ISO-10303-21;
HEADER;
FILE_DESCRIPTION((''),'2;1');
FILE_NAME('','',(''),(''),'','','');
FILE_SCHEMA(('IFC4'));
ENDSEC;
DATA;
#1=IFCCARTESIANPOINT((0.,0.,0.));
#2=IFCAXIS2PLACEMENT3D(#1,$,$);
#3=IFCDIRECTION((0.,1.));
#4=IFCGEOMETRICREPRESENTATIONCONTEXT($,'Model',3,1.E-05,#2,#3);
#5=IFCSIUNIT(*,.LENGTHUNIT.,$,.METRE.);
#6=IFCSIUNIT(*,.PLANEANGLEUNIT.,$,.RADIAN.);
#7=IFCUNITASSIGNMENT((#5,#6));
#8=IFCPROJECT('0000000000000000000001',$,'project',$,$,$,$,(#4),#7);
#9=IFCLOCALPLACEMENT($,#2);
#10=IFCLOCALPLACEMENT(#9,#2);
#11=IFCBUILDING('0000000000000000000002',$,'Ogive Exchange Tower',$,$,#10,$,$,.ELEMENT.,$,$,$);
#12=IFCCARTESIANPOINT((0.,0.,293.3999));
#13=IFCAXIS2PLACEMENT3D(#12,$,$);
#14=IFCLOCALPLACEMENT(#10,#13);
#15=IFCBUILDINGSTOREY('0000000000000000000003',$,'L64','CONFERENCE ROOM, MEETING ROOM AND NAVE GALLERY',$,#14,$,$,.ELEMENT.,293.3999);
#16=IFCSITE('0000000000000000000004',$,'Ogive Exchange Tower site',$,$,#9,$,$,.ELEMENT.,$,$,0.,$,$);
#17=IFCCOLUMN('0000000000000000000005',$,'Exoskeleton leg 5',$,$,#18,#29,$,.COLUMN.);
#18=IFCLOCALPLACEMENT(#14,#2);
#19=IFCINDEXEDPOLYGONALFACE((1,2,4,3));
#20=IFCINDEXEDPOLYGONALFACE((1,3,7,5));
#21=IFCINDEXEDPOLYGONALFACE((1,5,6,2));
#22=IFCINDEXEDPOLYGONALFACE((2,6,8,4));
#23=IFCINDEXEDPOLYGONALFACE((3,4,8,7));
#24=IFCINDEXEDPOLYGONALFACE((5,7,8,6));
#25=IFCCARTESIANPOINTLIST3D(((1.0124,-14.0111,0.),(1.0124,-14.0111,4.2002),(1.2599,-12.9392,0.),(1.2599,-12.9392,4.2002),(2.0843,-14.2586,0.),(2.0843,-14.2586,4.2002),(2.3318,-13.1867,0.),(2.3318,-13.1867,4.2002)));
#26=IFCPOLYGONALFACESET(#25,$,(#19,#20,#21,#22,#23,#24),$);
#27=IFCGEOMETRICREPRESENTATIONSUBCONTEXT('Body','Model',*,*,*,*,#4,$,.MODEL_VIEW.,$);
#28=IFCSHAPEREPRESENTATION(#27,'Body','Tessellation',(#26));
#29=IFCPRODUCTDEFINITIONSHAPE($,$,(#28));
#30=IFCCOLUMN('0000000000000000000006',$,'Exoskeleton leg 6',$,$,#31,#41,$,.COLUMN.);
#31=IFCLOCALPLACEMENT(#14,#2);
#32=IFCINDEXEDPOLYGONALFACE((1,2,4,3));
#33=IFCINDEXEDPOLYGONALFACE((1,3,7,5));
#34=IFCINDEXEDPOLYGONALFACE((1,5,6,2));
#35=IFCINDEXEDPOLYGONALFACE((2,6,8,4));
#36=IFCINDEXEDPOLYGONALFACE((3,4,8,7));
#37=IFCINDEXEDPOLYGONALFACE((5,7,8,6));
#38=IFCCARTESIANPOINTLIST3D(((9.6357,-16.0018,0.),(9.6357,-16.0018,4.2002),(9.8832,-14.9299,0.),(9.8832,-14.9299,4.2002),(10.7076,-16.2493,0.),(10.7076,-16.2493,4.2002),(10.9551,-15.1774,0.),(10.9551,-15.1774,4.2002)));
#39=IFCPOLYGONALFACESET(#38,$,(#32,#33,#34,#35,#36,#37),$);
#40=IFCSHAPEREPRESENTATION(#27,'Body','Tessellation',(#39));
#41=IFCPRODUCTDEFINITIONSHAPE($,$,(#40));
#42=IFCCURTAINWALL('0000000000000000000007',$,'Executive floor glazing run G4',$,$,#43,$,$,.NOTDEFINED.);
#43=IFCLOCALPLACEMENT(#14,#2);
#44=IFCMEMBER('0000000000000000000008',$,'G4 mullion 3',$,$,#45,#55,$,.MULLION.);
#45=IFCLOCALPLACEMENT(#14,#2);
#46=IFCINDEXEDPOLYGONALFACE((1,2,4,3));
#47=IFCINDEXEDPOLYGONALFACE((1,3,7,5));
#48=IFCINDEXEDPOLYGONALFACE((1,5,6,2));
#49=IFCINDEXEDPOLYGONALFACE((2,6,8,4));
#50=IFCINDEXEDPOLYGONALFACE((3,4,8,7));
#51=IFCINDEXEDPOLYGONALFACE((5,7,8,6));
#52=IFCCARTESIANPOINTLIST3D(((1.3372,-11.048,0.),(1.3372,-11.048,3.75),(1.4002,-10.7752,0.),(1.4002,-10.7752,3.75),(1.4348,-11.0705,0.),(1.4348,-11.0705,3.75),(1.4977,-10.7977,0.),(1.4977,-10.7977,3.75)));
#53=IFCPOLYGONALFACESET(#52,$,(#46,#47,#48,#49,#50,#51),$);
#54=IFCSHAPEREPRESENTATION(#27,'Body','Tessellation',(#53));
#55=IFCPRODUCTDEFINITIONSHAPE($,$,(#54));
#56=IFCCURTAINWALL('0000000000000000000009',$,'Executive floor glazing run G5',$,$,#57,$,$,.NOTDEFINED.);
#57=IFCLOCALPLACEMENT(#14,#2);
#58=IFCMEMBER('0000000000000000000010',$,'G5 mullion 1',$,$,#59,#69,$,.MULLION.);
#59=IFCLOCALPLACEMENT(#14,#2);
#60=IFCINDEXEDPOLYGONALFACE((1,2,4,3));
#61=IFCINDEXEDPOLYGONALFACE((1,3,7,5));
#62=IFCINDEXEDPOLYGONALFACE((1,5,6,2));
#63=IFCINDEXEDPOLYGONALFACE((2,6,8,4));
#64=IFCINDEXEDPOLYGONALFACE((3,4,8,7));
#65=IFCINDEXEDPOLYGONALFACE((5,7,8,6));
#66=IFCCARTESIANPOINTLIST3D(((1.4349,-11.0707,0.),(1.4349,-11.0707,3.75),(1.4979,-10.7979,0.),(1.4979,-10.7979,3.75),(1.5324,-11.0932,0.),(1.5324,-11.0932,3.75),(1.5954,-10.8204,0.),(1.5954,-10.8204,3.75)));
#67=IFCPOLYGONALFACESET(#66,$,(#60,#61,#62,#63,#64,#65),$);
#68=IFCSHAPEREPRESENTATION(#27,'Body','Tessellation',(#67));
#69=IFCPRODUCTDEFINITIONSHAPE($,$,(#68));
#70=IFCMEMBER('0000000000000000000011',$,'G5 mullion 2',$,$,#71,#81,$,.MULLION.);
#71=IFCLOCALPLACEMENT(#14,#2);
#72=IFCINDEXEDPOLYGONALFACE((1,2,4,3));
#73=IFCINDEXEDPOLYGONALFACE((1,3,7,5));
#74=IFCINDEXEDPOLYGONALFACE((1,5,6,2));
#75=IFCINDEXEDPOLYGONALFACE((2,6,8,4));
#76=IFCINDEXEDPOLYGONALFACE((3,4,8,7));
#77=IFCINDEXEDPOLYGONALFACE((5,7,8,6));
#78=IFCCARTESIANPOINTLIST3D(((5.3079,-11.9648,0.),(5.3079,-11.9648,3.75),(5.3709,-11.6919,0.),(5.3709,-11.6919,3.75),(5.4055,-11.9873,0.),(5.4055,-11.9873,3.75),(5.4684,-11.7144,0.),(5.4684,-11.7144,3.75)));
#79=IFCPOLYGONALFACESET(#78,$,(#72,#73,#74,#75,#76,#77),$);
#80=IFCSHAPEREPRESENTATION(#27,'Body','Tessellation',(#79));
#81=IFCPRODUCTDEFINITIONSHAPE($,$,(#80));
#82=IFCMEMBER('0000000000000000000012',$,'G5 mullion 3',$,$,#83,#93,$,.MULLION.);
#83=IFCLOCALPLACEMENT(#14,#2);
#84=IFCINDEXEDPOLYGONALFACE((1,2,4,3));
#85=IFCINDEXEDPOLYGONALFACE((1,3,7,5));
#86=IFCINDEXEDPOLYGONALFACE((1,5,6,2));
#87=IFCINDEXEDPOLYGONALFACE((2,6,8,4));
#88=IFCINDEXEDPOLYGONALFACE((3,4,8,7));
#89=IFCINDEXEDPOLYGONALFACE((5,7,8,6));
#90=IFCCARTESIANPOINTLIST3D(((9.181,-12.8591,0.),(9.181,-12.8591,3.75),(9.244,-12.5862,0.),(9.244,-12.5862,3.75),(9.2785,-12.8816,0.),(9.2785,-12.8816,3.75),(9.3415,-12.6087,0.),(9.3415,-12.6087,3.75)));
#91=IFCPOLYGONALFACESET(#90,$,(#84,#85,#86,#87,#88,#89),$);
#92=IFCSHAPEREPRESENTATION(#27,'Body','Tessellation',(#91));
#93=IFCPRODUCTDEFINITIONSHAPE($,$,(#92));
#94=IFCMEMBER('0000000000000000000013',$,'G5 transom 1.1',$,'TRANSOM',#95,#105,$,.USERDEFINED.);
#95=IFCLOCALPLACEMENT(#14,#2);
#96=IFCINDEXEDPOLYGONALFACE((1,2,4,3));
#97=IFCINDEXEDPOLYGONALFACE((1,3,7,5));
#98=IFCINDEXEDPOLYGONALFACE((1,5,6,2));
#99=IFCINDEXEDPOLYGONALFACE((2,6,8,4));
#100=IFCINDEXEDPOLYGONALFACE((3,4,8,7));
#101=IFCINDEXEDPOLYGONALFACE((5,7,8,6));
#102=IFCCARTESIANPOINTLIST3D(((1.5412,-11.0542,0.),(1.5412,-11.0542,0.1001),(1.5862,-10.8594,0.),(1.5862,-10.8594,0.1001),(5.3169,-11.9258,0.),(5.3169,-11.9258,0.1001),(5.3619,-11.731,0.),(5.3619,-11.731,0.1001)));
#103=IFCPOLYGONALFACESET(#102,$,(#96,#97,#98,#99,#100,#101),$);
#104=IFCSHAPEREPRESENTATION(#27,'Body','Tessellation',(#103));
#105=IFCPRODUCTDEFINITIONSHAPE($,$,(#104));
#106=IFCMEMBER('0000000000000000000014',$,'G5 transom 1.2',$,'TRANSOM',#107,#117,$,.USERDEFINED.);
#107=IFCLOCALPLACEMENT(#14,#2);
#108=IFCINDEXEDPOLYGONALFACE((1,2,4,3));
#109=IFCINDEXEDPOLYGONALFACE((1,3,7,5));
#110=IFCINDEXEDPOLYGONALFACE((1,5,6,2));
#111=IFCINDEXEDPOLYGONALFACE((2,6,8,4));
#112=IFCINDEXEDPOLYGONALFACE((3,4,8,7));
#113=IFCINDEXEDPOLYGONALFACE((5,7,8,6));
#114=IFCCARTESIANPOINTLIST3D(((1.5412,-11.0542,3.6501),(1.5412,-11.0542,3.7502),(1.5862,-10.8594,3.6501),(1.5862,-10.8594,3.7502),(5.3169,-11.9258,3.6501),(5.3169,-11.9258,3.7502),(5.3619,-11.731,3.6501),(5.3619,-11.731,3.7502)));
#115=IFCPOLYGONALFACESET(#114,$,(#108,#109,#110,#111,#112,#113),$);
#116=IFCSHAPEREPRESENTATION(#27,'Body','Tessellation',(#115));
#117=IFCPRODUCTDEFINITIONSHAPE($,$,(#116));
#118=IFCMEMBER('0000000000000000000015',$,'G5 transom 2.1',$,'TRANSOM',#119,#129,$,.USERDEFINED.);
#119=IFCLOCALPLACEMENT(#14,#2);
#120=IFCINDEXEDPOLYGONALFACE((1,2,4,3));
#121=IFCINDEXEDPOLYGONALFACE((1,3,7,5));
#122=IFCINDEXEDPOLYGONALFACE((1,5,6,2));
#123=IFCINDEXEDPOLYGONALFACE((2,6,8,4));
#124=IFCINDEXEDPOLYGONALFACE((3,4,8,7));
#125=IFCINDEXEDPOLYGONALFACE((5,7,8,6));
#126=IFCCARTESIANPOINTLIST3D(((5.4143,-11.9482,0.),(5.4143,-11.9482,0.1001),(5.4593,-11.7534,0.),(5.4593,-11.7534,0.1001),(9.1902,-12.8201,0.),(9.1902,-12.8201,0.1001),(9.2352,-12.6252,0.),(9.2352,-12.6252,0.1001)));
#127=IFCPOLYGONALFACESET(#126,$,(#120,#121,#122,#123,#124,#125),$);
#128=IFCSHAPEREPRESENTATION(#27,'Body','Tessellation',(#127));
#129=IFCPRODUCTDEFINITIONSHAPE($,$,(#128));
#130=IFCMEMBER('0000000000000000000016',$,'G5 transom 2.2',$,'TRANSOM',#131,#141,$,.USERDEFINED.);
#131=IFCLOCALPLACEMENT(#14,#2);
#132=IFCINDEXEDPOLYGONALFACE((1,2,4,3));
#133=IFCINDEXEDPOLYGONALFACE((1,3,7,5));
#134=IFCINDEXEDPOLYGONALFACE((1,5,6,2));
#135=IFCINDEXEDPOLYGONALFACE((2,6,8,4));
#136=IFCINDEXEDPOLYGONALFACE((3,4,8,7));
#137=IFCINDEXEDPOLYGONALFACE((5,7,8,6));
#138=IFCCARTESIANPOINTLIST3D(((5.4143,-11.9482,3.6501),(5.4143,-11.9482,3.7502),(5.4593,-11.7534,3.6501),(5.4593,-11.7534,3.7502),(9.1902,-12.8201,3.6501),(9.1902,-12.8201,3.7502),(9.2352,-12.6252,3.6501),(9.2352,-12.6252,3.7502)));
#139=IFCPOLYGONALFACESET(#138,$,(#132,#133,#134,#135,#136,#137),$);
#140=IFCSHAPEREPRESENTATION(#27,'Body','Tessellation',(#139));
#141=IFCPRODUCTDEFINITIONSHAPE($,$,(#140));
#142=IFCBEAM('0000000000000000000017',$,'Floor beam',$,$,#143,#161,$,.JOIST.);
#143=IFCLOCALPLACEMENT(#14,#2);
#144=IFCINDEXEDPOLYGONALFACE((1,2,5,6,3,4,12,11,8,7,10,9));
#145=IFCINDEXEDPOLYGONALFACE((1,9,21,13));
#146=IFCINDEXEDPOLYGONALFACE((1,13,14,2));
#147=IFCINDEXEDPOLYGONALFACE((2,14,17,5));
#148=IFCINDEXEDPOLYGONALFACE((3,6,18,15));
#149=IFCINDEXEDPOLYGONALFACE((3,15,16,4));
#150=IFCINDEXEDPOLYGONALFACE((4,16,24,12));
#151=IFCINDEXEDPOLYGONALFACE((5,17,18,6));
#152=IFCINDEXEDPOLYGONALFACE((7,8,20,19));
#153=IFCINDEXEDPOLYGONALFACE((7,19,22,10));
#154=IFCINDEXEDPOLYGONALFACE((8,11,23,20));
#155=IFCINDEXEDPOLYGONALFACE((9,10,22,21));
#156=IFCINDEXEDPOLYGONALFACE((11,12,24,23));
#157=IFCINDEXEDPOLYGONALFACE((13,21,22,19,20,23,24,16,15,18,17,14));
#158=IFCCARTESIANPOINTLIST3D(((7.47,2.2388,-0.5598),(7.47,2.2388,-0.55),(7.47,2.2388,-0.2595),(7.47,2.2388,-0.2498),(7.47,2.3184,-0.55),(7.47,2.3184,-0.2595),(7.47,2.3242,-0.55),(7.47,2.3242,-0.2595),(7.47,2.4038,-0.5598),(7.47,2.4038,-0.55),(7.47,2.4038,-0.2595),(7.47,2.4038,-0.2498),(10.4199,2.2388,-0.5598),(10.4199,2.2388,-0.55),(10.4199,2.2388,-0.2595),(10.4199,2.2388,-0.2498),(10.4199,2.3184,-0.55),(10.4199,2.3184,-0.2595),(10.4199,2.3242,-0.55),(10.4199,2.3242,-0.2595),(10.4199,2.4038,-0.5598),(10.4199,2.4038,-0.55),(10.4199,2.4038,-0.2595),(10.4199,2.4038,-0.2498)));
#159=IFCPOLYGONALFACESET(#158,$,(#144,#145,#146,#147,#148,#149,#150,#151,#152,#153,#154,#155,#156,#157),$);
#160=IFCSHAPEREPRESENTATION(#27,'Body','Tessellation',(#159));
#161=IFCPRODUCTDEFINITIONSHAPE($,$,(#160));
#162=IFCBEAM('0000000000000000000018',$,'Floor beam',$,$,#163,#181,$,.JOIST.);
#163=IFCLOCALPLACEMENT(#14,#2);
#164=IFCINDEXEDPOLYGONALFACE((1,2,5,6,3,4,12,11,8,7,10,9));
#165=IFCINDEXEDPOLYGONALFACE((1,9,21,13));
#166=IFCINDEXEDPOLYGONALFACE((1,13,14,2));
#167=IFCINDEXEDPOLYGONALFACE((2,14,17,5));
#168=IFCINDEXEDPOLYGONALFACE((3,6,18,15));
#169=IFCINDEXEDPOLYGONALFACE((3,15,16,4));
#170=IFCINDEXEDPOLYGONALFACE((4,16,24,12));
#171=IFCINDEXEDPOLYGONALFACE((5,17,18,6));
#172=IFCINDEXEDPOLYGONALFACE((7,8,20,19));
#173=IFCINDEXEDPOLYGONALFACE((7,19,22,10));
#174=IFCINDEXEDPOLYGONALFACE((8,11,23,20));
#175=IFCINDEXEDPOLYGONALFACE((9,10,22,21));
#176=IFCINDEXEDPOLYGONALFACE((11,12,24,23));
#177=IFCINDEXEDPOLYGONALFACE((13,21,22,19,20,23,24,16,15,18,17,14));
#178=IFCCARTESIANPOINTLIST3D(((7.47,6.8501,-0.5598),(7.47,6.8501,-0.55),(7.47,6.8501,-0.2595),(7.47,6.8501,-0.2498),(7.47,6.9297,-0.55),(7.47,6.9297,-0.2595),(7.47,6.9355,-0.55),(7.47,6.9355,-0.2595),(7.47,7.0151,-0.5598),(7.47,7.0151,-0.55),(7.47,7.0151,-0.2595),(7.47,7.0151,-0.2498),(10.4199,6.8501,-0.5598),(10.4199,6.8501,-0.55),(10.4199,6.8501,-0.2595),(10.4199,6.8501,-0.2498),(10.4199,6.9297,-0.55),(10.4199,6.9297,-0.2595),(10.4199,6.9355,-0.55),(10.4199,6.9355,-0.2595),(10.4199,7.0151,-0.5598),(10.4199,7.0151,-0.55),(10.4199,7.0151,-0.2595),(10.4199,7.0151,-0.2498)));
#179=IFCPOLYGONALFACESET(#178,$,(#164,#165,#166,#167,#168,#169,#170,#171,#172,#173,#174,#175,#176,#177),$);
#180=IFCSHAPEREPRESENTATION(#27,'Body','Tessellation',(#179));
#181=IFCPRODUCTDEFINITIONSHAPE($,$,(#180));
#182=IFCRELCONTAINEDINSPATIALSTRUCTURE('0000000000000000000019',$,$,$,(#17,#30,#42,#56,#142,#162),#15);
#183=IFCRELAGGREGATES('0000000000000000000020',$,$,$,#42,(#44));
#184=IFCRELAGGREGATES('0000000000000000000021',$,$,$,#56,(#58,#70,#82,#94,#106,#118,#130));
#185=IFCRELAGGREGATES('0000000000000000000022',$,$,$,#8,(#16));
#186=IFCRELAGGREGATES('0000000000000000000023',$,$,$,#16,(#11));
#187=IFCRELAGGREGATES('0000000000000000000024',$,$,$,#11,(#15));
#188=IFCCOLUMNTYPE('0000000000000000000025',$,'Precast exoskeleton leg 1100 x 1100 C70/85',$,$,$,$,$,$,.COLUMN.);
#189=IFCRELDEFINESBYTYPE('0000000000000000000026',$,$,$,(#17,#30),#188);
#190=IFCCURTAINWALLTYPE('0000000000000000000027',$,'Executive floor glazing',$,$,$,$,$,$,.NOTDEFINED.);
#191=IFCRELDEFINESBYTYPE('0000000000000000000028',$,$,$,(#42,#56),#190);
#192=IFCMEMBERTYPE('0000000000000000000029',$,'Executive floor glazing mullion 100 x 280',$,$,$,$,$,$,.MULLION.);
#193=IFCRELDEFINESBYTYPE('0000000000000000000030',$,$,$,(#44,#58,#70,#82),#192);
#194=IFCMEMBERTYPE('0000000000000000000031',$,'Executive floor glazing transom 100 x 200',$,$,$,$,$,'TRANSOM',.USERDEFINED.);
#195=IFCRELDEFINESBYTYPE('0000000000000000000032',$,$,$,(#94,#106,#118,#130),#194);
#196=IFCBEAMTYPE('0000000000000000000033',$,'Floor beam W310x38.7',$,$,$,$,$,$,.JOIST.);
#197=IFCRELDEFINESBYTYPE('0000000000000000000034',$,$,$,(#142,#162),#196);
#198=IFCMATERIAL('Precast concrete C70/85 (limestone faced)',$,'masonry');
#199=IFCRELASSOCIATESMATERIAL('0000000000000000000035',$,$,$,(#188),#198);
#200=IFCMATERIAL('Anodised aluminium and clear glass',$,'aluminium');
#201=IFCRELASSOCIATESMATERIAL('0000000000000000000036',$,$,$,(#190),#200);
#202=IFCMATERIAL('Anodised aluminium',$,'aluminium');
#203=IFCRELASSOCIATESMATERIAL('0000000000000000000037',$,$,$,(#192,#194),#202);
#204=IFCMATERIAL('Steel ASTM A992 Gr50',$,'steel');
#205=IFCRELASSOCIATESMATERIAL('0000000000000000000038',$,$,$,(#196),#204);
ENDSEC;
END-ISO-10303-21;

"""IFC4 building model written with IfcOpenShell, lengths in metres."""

from ifc_helpers import new_model, si_unit, direction, frame, origin, origin_2d, place, context, subcontext, project, spatial, rectangle, i_section, extrude, material, material_profile, profile_set, type_object, element, aggregate, save


model = new_model("IFC4")

# Units and contexts
model_context = context("Model", 3, precision=1e-05, world=origin(), true_north=direction((0.0, 1.0)))
body_context = subcontext(model_context, "Body", "Model", "MODEL_VIEW")
ifc_project = project(units=[si_unit("LENGTHUNIT", "METRE"), si_unit("PLANEANGLEUNIT", "RADIAN")], contexts=[model_context])

# Site, building, storey
site_placement = place(None, origin())
site = spatial("IfcSite", under=ifc_project, at=site_placement, Name="Ogive Exchange Tower site", CompositionType="ELEMENT", RefElevation=0.0)
building_placement = place(site_placement, origin())
building = spatial("IfcBuilding", under=site, at=building_placement, Name="Ogive Exchange Tower", CompositionType="ELEMENT")
storey_placement = place(building_placement, frame((0.0, 0.0, 293.3999)))
storey = spatial("IfcBuildingStorey", under=building, at=storey_placement, Name="L64", Description="CONFERENCE ROOM, MEETING ROOM AND NAVE GALLERY", CompositionType="ELEMENT", Elevation=293.3999)

# Columns
ifc_material_1 = material(Name="Precast concrete C70/85 (limestone faced)", Category="masonry")
ifc_material_profile_1 = material_profile(ifc_material_1, rectangle(XDim=1.1001, YDim=1.1001, at=origin_2d()), Name="1100 x 1100")
ifc_profile_set_1 = profile_set([ifc_material_profile_1], Name="Precast concrete C70/85 (limestone faced)")
column_type = type_object("IfcColumnType", Name="Precast exoskeleton leg 1100 x 1100 C70/85", PredefinedType="COLUMN", material=ifc_profile_set_1)
for number, where, z_axis, x_axis, name in (
    (1, (1.6721, -13.5989, 0.0), (0.0, 0.0, 1.0), (0.97437, -0.224951, 0.0), "Exoskeleton leg 5"),
    (2, (10.2954, -15.5896, 0.0), (0.0, 0.0, 1.0), (0.97437, -0.224951, 0.0), "Exoskeleton leg 6"),
):
    element("IfcColumn", number, at=place(storey_placement, frame(where, z_axis=z_axis, x_axis=x_axis)), inside=storey, type_object=column_type, Name=name, PredefinedType="COLUMN", context=body_context, shape_type="SweptSolid", body=[
        extrude(rectangle(XDim=1.1001, YDim=1.1001, at=origin_2d()), origin(), (0.0, 0.0, 1.0), 4.2002),
    ])

# Curtain wall, member
ifc_material_2 = material(Name="Anodised aluminium and clear glass", Category="aluminium")
curtain_wall_type = type_object("IfcCurtainWallType", Name="Executive floor glazing", PredefinedType="NOTDEFINED", material=ifc_material_2)
curtain_wall_1_placement = place(storey_placement, origin())
curtain_wall_1 = element("IfcCurtainWall", 3, at=curtain_wall_1_placement, inside=storey, type_object=curtain_wall_type, Name="Executive floor glazing run G4", PredefinedType="NOTDEFINED")
ifc_material_3 = material(Name="Anodised aluminium", Category="aluminium")
ifc_material_profile_2 = material_profile(ifc_material_3, rectangle(XDim=0.28, YDim=0.1001, at=origin_2d()), Name="AL 100x280")
ifc_profile_set_2 = profile_set([ifc_material_profile_2], Name="Anodised aluminium")
member_type_1 = type_object("IfcMemberType", Name="Executive floor glazing mullion 100 x 280", PredefinedType="MULLION", material=ifc_profile_set_2)
member_1_placement = place(storey_placement, frame((1.4175, -10.9229, 0.0), z_axis=(0.0, 0.0, 1.0), x_axis=(0.224944, 0.974372, 0.0)))
member_1 = element("IfcMember", 4, at=member_1_placement, type_object=member_type_1, Name="G4 mullion 3", PredefinedType="MULLION", context=body_context, shape_type="SweptSolid", body=[
    extrude(rectangle(XDim=0.28, YDim=0.1001, at=origin_2d()), origin(), (0.0, 0.0, 1.0), 3.75),
])
aggregate(curtain_wall_1, [member_1])

# Curtain wall, members
curtain_wall_2_placement = place(storey_placement, origin())
curtain_wall_2 = element("IfcCurtainWall", 5, at=curtain_wall_2_placement, inside=storey, type_object=curtain_wall_type, Name="Executive floor glazing run G5", PredefinedType="NOTDEFINED")
member_2_placement = place(storey_placement, frame((1.5151, -10.9456, 0.0), z_axis=(0.0, 0.0, 1.0), x_axis=(0.224956, 0.974369, 0.0)))
member_2 = element("IfcMember", 6, at=member_2_placement, type_object=member_type_1, Name="G5 mullion 1", PredefinedType="MULLION", context=body_context, shape_type="SweptSolid", body=[
    extrude(rectangle(XDim=0.28, YDim=0.1001, at=origin_2d()), origin(), (0.0, 0.0, 1.0), 3.75),
])
member_3_placement = place(storey_placement, frame((5.3882, -11.8396, 0.0), z_axis=(0.0, 0.0, 1.0), x_axis=(0.224956, 0.974369, 0.0)))
member_3 = element("IfcMember", 7, at=member_3_placement, type_object=member_type_1, Name="G5 mullion 2", PredefinedType="MULLION", context=body_context, shape_type="SweptSolid", body=[
    extrude(rectangle(XDim=0.28, YDim=0.1001, at=origin_2d()), origin(), (0.0, 0.0, 1.0), 3.75),
])
member_4_placement = place(storey_placement, frame((9.2612, -12.7339, 0.0), z_axis=(0.0, 0.0, 1.0), x_axis=(0.224956, 0.974369, 0.0)))
member_4 = element("IfcMember", 8, at=member_4_placement, type_object=member_type_1, Name="G5 mullion 3", PredefinedType="MULLION", context=body_context, shape_type="SweptSolid", body=[
    extrude(rectangle(XDim=0.28, YDim=0.1001, at=origin_2d()), origin(), (0.0, 0.0, 1.0), 3.75),
])
ifc_material_profile_3 = material_profile(ifc_material_3, rectangle(XDim=0.2, YDim=0.1001, at=origin_2d()), Name="AL 100x200")
ifc_profile_set_3 = profile_set([ifc_material_profile_3], Name="Anodised aluminium")
member_type_2 = type_object("IfcMemberType", Name="Executive floor glazing transom 100 x 200", ElementType="TRANSOM", PredefinedType="USERDEFINED", material=ifc_profile_set_3)
member_5_placement = place(storey_placement, frame((1.5637, -10.9568, 0.05), z_axis=(0.974375, -0.224929, 0.0), x_axis=(0.224929, 0.974375, 0.0)))
member_5 = element("IfcMember", 9, at=member_5_placement, type_object=member_type_2, Name="G5 transom 1.1", ObjectType="TRANSOM", PredefinedType="USERDEFINED", context=body_context, shape_type="SweptSolid", body=[
    extrude(rectangle(XDim=0.2, YDim=0.1001, at=origin_2d()), origin(), (0.0, 0.0, 1.0), 3.875),
])
member_6_placement = place(storey_placement, frame((1.5637, -10.9568, 3.7002), z_axis=(0.974375, -0.224929, 0.0), x_axis=(0.224929, 0.974375, 0.0)))
member_6 = element("IfcMember", 10, at=member_6_placement, type_object=member_type_2, Name="G5 transom 1.2", ObjectType="TRANSOM", PredefinedType="USERDEFINED", context=body_context, shape_type="SweptSolid", body=[
    extrude(rectangle(XDim=0.2, YDim=0.1001, at=origin_2d()), origin(), (0.0, 0.0, 1.0), 3.875),
])
member_7_placement = place(storey_placement, frame((5.4368, -11.8508, 0.05), z_axis=(0.974365, -0.224975, 0.0), x_axis=(0.224975, 0.974365, 0.0)))
member_7 = element("IfcMember", 11, at=member_7_placement, type_object=member_type_2, Name="G5 transom 2.1", ObjectType="TRANSOM", PredefinedType="USERDEFINED", context=body_context, shape_type="SweptSolid", body=[
    extrude(rectangle(XDim=0.2, YDim=0.1001, at=origin_2d()), origin(), (0.0, 0.0, 1.0), 3.8752),
])
member_8_placement = place(storey_placement, frame((5.4368, -11.8508, 3.7002), z_axis=(0.974365, -0.224975, 0.0), x_axis=(0.224975, 0.974365, 0.0)))
member_8 = element("IfcMember", 12, at=member_8_placement, type_object=member_type_2, Name="G5 transom 2.2", ObjectType="TRANSOM", PredefinedType="USERDEFINED", context=body_context, shape_type="SweptSolid", body=[
    extrude(rectangle(XDim=0.2, YDim=0.1001, at=origin_2d()), origin(), (0.0, 0.0, 1.0), 3.8752),
])

# Beams
ifc_material_4 = material(Name="Steel ASTM A992 Gr50", Category="steel")
ifc_material_profile_4 = material_profile(ifc_material_4, i_section(OverallWidth=0.165, OverallDepth=0.3101, WebThickness=0.0059, FlangeThickness=0.0098, at=origin_2d()), Name="W310x38.7")
ifc_profile_set_4 = profile_set([ifc_material_profile_4], Name="Steel ASTM A992 Gr50")
beam_type_1 = type_object("IfcBeamType", Name="Floor beam W310x38.7", PredefinedType="JOIST", material=ifc_profile_set_4)
for number, where, z_axis, x_axis, name in (
    (13, (7.47, 2.3213, -0.4048), (1.0, 0.0, 0.0), (0.0, 1.0, 0.0), "Floor beam"),
    (14, (7.47, 6.9326, -0.4048), (1.0, 0.0, 0.0), (0.0, 1.0, 0.0), "Floor beam"),
):
    element("IfcBeam", number, at=place(storey_placement, frame(where, z_axis=z_axis, x_axis=x_axis)), inside=storey, type_object=beam_type_1, Name=name, PredefinedType="JOIST", context=body_context, shape_type="SweptSolid", body=[
        extrude(i_section(OverallWidth=0.165, OverallDepth=0.3101, WebThickness=0.0059, FlangeThickness=0.0098, at=origin_2d()), origin(), (0.0, 0.0, 1.0), 2.95),
    ])

aggregate(curtain_wall_2, [member_2, member_3, member_4, member_5, member_6, member_7, member_8])

save(model, "model.ifc")
